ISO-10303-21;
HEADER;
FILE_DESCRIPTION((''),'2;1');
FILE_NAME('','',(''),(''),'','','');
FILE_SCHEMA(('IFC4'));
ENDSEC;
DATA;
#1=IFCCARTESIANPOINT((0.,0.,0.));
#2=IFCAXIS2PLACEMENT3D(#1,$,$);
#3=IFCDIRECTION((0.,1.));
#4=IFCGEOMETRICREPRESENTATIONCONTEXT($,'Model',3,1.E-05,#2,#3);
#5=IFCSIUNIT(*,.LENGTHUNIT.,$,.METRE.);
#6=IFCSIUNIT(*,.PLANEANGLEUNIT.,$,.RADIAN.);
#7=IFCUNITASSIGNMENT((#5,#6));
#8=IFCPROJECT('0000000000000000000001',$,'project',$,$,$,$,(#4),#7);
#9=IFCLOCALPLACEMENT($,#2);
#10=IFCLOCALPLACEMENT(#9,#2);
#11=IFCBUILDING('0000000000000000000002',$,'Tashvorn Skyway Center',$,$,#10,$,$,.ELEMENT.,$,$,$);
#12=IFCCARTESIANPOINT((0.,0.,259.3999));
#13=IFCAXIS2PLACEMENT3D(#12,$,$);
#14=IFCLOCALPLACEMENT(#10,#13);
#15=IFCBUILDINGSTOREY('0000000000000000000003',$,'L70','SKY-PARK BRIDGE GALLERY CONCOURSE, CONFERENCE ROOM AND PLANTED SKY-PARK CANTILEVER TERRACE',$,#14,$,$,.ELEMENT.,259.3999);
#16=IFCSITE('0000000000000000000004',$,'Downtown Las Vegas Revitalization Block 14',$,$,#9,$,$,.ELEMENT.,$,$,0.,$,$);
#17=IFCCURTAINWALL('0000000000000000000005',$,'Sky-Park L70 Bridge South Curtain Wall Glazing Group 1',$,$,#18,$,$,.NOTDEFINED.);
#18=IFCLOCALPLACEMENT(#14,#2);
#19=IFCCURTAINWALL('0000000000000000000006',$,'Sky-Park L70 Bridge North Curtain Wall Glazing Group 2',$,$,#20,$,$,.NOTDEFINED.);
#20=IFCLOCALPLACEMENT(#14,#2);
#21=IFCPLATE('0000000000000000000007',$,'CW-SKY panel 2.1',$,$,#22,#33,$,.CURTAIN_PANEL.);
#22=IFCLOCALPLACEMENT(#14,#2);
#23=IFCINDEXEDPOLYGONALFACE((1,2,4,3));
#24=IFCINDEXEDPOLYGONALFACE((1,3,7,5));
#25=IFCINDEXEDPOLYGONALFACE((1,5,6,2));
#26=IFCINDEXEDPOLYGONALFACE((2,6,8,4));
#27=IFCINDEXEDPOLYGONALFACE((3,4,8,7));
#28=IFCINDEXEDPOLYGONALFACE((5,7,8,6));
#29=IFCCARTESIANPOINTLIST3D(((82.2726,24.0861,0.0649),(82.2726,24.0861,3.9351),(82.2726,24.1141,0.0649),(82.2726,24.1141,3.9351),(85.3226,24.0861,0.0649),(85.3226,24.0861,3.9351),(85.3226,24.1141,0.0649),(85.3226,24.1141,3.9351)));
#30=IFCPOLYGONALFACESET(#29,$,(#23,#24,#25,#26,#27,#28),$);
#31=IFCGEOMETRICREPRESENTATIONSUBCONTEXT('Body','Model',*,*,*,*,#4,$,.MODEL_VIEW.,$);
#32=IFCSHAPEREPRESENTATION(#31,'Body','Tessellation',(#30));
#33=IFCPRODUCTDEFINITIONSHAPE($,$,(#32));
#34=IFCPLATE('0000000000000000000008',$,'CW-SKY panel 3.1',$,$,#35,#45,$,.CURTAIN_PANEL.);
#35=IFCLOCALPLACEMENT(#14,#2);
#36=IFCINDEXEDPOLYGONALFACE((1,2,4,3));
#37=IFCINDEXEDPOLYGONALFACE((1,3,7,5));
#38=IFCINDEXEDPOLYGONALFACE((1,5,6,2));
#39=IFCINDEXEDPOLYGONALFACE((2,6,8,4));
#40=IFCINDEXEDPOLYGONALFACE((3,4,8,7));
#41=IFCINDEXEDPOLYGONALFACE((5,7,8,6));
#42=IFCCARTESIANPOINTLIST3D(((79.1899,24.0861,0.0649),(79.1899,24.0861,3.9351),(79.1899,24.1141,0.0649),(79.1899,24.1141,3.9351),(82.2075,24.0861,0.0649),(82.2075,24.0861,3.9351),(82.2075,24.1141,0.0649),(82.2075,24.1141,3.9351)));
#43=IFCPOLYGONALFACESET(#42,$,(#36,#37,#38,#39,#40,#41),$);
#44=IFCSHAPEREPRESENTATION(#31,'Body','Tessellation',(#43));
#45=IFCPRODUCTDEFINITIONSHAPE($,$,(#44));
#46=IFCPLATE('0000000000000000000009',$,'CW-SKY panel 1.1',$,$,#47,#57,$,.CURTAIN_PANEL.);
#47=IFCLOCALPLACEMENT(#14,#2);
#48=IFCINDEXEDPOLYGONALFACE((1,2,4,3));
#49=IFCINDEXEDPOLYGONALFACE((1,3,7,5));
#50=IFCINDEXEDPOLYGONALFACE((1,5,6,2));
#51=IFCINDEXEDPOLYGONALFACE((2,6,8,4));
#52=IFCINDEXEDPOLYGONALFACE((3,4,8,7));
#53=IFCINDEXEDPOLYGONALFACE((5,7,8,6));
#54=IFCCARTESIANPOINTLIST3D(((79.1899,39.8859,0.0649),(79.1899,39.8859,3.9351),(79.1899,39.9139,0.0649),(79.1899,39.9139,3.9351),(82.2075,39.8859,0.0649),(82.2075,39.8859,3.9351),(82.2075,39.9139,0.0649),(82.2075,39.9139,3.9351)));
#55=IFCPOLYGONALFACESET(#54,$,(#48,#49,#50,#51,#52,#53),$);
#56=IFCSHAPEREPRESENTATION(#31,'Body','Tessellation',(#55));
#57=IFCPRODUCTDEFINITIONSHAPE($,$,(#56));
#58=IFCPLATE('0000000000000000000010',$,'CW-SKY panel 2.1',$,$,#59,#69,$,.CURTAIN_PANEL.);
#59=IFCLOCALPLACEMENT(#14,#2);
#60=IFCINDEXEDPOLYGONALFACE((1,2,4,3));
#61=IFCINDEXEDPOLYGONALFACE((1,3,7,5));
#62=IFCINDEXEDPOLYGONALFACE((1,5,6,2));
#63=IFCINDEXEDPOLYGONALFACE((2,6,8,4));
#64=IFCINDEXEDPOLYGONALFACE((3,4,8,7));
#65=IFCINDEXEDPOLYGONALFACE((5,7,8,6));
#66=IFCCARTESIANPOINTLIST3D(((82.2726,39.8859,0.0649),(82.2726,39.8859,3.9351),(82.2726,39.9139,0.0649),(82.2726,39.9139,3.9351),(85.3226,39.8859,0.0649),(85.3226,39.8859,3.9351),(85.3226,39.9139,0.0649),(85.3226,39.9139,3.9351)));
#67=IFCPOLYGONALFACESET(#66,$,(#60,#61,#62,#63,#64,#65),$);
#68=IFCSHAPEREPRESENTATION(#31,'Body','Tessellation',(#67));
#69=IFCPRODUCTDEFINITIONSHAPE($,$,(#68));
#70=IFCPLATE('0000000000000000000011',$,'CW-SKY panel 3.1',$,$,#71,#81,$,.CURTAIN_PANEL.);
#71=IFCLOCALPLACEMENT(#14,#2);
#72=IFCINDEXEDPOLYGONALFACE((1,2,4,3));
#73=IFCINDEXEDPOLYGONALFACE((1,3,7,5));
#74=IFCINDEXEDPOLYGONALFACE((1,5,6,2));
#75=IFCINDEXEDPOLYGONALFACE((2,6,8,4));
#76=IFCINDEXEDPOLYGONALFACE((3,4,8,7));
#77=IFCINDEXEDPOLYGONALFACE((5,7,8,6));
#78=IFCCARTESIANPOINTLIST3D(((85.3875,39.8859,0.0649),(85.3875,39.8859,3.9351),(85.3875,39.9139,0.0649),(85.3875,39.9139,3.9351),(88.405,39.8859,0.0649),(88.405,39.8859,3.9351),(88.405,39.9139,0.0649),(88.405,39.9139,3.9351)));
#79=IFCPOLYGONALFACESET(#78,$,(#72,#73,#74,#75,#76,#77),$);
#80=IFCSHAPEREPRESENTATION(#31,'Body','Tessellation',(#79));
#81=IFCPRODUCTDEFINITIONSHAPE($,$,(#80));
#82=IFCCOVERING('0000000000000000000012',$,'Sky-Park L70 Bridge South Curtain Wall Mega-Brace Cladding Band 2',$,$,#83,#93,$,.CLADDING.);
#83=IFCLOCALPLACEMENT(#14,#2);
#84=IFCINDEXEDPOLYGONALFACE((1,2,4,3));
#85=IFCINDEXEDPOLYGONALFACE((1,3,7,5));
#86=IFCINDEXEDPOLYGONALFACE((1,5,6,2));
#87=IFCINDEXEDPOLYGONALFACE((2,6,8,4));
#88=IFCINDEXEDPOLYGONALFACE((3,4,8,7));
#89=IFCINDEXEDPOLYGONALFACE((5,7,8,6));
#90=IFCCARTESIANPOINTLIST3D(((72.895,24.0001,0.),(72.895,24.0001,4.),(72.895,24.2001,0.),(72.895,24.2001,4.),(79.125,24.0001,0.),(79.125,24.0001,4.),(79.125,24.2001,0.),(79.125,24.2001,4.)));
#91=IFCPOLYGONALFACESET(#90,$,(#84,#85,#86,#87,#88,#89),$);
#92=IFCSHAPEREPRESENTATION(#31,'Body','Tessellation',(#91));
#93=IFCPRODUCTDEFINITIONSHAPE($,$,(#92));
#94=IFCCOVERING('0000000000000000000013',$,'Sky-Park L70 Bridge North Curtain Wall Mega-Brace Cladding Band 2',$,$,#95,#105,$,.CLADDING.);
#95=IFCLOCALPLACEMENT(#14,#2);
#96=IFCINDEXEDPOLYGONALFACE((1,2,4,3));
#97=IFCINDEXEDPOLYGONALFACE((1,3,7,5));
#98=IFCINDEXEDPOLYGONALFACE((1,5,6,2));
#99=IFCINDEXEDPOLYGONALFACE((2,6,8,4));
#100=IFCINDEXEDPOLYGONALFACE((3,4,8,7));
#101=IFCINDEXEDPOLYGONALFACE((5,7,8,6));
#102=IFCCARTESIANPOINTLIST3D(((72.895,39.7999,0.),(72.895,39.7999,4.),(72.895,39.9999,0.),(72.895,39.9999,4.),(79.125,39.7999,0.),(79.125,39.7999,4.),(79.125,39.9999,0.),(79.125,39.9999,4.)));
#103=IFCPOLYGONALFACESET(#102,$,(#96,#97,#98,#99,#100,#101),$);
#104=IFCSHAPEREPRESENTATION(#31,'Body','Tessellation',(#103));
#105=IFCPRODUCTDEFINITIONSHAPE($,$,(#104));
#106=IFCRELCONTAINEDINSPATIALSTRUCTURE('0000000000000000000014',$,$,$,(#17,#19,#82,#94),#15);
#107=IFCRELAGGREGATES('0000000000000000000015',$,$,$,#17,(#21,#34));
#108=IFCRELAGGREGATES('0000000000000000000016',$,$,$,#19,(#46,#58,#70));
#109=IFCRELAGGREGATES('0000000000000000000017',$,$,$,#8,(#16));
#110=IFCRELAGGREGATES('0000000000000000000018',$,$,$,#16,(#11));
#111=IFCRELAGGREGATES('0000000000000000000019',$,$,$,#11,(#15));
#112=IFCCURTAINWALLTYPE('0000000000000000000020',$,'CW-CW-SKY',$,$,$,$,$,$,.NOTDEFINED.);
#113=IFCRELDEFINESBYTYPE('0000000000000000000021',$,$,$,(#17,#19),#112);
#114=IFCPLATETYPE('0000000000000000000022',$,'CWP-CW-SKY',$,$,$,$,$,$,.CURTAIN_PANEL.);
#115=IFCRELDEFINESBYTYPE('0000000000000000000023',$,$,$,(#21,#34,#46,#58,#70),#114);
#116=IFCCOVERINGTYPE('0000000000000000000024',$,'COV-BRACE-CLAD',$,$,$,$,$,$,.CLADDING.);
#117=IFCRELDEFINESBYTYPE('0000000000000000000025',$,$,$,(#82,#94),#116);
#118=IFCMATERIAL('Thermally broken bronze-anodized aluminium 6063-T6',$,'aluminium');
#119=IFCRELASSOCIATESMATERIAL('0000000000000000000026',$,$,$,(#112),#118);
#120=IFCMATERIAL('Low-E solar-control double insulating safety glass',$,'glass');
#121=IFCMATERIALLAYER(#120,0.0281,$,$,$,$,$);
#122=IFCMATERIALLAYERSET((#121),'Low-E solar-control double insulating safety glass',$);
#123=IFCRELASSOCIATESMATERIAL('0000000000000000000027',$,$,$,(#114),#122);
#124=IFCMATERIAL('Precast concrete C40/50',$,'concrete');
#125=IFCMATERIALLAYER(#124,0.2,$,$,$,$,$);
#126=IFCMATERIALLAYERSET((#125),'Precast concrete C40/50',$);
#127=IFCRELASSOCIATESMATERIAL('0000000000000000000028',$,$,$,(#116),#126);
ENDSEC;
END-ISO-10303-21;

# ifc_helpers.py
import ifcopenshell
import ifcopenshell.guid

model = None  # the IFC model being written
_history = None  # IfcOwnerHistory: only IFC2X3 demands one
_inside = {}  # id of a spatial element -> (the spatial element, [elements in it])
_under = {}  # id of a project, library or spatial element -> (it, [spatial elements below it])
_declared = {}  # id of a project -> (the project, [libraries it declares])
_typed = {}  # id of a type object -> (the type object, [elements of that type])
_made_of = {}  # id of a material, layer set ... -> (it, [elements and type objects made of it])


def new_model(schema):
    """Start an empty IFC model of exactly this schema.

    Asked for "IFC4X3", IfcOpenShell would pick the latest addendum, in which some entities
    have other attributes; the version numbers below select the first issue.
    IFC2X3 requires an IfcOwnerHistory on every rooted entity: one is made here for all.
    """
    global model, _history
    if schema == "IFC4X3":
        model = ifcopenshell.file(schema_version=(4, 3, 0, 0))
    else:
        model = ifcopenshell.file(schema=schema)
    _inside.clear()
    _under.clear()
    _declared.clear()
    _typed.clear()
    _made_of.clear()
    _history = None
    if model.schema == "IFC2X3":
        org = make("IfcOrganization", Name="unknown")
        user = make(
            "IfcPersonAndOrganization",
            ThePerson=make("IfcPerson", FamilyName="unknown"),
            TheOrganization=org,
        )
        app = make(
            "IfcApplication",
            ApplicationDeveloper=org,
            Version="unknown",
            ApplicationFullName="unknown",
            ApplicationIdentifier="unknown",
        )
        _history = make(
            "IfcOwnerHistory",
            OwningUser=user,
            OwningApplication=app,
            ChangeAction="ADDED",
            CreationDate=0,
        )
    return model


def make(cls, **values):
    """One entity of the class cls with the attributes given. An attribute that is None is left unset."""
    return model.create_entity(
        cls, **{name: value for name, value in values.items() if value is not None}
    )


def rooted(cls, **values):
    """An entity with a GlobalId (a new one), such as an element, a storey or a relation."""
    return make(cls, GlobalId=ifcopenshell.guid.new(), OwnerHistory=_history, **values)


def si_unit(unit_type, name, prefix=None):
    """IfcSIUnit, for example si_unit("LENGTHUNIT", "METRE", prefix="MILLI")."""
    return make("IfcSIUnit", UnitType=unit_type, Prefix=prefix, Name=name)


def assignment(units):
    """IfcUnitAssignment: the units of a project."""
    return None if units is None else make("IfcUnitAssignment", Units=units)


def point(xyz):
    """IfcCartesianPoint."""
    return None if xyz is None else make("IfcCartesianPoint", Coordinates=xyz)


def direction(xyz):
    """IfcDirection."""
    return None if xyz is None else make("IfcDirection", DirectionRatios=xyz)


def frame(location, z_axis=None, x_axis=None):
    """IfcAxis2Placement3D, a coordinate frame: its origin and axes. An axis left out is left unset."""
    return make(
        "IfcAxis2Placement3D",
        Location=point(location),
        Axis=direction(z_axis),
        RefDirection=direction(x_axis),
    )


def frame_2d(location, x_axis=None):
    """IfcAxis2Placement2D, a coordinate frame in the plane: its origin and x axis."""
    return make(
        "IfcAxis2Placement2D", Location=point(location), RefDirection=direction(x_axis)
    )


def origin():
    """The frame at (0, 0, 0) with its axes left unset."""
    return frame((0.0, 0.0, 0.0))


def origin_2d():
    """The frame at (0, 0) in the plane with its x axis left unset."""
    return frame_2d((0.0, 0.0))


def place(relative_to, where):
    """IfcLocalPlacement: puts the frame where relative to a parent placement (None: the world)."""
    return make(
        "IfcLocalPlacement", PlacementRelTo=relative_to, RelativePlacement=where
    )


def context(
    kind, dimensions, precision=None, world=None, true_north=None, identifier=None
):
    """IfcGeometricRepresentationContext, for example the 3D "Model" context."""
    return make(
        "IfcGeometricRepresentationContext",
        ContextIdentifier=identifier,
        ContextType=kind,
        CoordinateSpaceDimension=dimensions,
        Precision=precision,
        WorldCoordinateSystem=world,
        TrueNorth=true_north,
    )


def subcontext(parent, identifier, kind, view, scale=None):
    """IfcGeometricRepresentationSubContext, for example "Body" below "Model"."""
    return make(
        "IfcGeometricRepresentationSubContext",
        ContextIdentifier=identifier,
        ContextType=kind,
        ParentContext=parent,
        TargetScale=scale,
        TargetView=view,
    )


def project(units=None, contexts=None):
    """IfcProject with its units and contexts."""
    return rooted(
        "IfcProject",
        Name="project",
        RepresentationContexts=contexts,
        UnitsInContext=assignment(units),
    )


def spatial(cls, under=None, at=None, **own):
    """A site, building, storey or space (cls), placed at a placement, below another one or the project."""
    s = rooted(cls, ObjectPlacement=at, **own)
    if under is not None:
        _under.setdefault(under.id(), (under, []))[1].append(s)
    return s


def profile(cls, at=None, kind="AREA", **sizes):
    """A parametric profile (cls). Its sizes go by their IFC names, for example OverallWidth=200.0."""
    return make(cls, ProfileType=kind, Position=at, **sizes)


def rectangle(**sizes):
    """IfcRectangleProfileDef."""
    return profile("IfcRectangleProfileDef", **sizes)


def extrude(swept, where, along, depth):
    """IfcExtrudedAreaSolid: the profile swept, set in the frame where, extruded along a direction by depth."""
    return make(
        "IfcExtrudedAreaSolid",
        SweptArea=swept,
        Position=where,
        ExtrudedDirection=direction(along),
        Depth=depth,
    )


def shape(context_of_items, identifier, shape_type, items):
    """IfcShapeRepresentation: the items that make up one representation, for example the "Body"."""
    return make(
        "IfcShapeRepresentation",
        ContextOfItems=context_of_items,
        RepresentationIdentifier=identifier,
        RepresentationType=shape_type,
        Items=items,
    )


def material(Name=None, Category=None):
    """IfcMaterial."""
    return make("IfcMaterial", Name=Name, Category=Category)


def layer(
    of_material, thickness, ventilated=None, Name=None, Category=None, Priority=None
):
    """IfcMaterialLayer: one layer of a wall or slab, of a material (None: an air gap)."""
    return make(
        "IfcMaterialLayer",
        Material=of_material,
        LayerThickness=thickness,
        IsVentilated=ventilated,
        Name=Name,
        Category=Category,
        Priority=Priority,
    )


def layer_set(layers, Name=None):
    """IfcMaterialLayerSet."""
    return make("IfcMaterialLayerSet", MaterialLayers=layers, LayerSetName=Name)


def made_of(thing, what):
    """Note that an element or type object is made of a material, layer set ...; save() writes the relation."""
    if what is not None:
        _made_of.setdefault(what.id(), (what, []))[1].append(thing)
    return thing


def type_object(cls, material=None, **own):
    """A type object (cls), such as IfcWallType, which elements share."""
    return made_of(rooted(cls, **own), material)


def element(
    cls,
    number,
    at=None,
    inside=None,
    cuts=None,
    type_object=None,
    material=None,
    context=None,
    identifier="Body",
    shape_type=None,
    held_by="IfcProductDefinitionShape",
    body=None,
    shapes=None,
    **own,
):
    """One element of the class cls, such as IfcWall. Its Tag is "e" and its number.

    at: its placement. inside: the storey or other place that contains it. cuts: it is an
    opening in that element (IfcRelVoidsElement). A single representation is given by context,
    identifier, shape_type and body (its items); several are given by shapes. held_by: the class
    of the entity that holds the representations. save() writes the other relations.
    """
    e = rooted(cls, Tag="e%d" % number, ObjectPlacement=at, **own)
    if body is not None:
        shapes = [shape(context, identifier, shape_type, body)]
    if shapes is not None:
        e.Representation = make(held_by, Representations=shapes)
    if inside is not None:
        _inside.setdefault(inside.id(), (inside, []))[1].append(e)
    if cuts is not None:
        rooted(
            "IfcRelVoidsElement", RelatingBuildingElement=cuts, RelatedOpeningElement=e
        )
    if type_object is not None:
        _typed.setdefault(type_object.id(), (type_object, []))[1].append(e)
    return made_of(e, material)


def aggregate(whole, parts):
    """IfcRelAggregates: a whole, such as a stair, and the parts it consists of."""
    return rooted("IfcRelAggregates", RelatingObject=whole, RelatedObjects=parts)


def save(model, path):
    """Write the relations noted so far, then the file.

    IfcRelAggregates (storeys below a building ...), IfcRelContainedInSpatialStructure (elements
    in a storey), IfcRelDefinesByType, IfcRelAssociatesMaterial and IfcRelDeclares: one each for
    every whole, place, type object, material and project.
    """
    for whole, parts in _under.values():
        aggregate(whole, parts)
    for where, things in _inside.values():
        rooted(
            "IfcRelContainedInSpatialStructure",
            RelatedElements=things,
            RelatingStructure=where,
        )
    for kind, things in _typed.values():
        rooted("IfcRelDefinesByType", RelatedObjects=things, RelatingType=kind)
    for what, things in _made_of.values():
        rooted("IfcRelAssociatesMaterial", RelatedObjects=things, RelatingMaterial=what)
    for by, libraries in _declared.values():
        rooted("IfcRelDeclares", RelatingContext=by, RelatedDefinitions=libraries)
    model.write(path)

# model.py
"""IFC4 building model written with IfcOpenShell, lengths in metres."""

from ifc_helpers import new_model, si_unit, direction, frame, origin, origin_2d, place, context, subcontext, project, spatial, rectangle, extrude, material, layer, layer_set, type_object, element, aggregate, save


model = new_model("IFC4")

# Units and contexts
model_context = context("Model", 3, precision=1e-05, world=origin(), true_north=direction((0.0, 1.0)))
body_context = subcontext(model_context, "Body", "Model", "MODEL_VIEW")
ifc_project = project(units=[si_unit("LENGTHUNIT", "METRE"), si_unit("PLANEANGLEUNIT", "RADIAN")], contexts=[model_context])

# Site, building, storey
site_placement = place(None, origin())
site = spatial("IfcSite", under=ifc_project, at=site_placement, Name="Downtown Las Vegas Revitalization Block 14", CompositionType="ELEMENT", RefElevation=0.0)
building_placement = place(site_placement, origin())
building = spatial("IfcBuilding", under=site, at=building_placement, Name="Tashvorn Skyway Center", CompositionType="ELEMENT")
storey_placement = place(building_placement, frame((0.0, 0.0, 259.3999)))
storey = spatial("IfcBuildingStorey", under=building, at=storey_placement, Name="L70", Description="SKY-PARK BRIDGE GALLERY CONCOURSE, CONFERENCE ROOM AND PLANTED SKY-PARK CANTILEVER TERRACE", CompositionType="ELEMENT", Elevation=259.3999)

# Curtain walls
ifc_material_1 = material(Name="Thermally broken bronze-anodized aluminium 6063-T6", Category="aluminium")
curtain_wall_type = type_object("IfcCurtainWallType", Name="CW-CW-SKY", PredefinedType="NOTDEFINED", material=ifc_material_1)
curtain_wall_1_placement = place(storey_placement, origin())
curtain_wall_1 = element("IfcCurtainWall", 1, at=curtain_wall_1_placement, inside=storey, type_object=curtain_wall_type, Name="Sky-Park L70 Bridge South Curtain Wall Glazing Group 1", PredefinedType="NOTDEFINED")
curtain_wall_2_placement = place(storey_placement, origin())
curtain_wall_2 = element("IfcCurtainWall", 2, at=curtain_wall_2_placement, inside=storey, type_object=curtain_wall_type, Name="Sky-Park L70 Bridge North Curtain Wall Glazing Group 2", PredefinedType="NOTDEFINED")

# Plates
ifc_material_2 = material(Name="Low-E solar-control double insulating safety glass", Category="glass")
ifc_layer_1 = layer(ifc_material_2, 0.0281)
ifc_layer_set_1 = layer_set([ifc_layer_1], Name="Low-E solar-control double insulating safety glass")
plate_type = type_object("IfcPlateType", Name="CWP-CW-SKY", PredefinedType="CURTAIN_PANEL", material=ifc_layer_set_1)
plate_1_placement = place(storey_placement, frame((83.7976, 24.1001, 0.0649), z_axis=(0.0, 0.0, 1.0), x_axis=(-1.0, 0.0, 0.0)))
plate_1 = element("IfcPlate", 3, at=plate_1_placement, type_object=plate_type, Name="CW-SKY panel 2.1", PredefinedType="CURTAIN_PANEL", context=body_context, shape_type="SweptSolid", body=[
    extrude(rectangle(XDim=3.05, YDim=0.0281, at=origin_2d()), origin(), (0.0, 0.0, 1.0), 3.8701),
])
plate_2_placement = place(storey_placement, frame((80.6987, 24.1001, 0.0649), z_axis=(0.0, 0.0, 1.0), x_axis=(-1.0, 0.0, 0.0)))
plate_2 = element("IfcPlate", 4, at=plate_2_placement, type_object=plate_type, Name="CW-SKY panel 3.1", PredefinedType="CURTAIN_PANEL", context=body_context, shape_type="SweptSolid", body=[
    extrude(rectangle(XDim=3.0176, YDim=0.0281, at=origin_2d()), origin(), (0.0, 0.0, 1.0), 3.8701),
])
aggregate(curtain_wall_1, [plate_1, plate_2])
plate_3_placement = place(storey_placement, frame((80.6987, 39.8999, 0.0649), z_axis=(0.0, 0.0, 1.0), x_axis=(1.0, 0.0, 0.0)))
plate_3 = element("IfcPlate", 5, at=plate_3_placement, type_object=plate_type, Name="CW-SKY panel 1.1", PredefinedType="CURTAIN_PANEL", context=body_context, shape_type="SweptSolid", body=[
    extrude(rectangle(XDim=3.0176, YDim=0.0281, at=origin_2d()), origin(), (0.0, 0.0, 1.0), 3.8701),
])
plate_4_placement = place(storey_placement, frame((83.7976, 39.8999, 0.0649), z_axis=(0.0, 0.0, 1.0), x_axis=(1.0, 0.0, 0.0)))
plate_4 = element("IfcPlate", 6, at=plate_4_placement, type_object=plate_type, Name="CW-SKY panel 2.1", PredefinedType="CURTAIN_PANEL", context=body_context, shape_type="SweptSolid", body=[
    extrude(rectangle(XDim=3.05, YDim=0.0281, at=origin_2d()), origin(), (0.0, 0.0, 1.0), 3.8701),
])
plate_5_placement = place(storey_placement, frame((86.8962, 39.8999, 0.0649), z_axis=(0.0, 0.0, 1.0), x_axis=(1.0, 0.0, 0.0)))
plate_5 = element("IfcPlate", 7, at=plate_5_placement, type_object=plate_type, Name="CW-SKY panel 3.1", PredefinedType="CURTAIN_PANEL", context=body_context, shape_type="SweptSolid", body=[
    extrude(rectangle(XDim=3.0176, YDim=0.0281, at=origin_2d()), origin(), (0.0, 0.0, 1.0), 3.8701),
])
aggregate(curtain_wall_2, [plate_3, plate_4, plate_5])

# Coverings
ifc_material_3 = material(Name="Precast concrete C40/50", Category="concrete")
ifc_layer_2 = layer(ifc_material_3, 0.2)
ifc_layer_set_2 = layer_set([ifc_layer_2], Name="Precast concrete C40/50")
covering_type = type_object("IfcCoveringType", Name="COV-BRACE-CLAD", PredefinedType="CLADDING", material=ifc_layer_set_2)
for number, where, z_axis, x_axis, name in (
    (8, (76.01, 24.1001, 0.0), (0.0, 0.0, 1.0), (-1.0, 0.0, 0.0), "Sky-Park L70 Bridge South Curtain Wall Mega-Brace Cladding Band 2"),
    (9, (76.01, 39.8999, 0.0), (0.0, 0.0, 1.0), (1.0, 0.0, 0.0), "Sky-Park L70 Bridge North Curtain Wall Mega-Brace Cladding Band 2"),
):
    element("IfcCovering", number, at=place(storey_placement, frame(where, z_axis=z_axis, x_axis=x_axis)), inside=storey, type_object=covering_type, Name=name, PredefinedType="CLADDING", context=body_context, shape_type="SweptSolid", body=[
        extrude(rectangle(XDim=6.23, YDim=0.2, at=origin_2d()), origin(), (0.0, 0.0, 1.0), 4.0),
    ])

save(model, "model.ifc")
